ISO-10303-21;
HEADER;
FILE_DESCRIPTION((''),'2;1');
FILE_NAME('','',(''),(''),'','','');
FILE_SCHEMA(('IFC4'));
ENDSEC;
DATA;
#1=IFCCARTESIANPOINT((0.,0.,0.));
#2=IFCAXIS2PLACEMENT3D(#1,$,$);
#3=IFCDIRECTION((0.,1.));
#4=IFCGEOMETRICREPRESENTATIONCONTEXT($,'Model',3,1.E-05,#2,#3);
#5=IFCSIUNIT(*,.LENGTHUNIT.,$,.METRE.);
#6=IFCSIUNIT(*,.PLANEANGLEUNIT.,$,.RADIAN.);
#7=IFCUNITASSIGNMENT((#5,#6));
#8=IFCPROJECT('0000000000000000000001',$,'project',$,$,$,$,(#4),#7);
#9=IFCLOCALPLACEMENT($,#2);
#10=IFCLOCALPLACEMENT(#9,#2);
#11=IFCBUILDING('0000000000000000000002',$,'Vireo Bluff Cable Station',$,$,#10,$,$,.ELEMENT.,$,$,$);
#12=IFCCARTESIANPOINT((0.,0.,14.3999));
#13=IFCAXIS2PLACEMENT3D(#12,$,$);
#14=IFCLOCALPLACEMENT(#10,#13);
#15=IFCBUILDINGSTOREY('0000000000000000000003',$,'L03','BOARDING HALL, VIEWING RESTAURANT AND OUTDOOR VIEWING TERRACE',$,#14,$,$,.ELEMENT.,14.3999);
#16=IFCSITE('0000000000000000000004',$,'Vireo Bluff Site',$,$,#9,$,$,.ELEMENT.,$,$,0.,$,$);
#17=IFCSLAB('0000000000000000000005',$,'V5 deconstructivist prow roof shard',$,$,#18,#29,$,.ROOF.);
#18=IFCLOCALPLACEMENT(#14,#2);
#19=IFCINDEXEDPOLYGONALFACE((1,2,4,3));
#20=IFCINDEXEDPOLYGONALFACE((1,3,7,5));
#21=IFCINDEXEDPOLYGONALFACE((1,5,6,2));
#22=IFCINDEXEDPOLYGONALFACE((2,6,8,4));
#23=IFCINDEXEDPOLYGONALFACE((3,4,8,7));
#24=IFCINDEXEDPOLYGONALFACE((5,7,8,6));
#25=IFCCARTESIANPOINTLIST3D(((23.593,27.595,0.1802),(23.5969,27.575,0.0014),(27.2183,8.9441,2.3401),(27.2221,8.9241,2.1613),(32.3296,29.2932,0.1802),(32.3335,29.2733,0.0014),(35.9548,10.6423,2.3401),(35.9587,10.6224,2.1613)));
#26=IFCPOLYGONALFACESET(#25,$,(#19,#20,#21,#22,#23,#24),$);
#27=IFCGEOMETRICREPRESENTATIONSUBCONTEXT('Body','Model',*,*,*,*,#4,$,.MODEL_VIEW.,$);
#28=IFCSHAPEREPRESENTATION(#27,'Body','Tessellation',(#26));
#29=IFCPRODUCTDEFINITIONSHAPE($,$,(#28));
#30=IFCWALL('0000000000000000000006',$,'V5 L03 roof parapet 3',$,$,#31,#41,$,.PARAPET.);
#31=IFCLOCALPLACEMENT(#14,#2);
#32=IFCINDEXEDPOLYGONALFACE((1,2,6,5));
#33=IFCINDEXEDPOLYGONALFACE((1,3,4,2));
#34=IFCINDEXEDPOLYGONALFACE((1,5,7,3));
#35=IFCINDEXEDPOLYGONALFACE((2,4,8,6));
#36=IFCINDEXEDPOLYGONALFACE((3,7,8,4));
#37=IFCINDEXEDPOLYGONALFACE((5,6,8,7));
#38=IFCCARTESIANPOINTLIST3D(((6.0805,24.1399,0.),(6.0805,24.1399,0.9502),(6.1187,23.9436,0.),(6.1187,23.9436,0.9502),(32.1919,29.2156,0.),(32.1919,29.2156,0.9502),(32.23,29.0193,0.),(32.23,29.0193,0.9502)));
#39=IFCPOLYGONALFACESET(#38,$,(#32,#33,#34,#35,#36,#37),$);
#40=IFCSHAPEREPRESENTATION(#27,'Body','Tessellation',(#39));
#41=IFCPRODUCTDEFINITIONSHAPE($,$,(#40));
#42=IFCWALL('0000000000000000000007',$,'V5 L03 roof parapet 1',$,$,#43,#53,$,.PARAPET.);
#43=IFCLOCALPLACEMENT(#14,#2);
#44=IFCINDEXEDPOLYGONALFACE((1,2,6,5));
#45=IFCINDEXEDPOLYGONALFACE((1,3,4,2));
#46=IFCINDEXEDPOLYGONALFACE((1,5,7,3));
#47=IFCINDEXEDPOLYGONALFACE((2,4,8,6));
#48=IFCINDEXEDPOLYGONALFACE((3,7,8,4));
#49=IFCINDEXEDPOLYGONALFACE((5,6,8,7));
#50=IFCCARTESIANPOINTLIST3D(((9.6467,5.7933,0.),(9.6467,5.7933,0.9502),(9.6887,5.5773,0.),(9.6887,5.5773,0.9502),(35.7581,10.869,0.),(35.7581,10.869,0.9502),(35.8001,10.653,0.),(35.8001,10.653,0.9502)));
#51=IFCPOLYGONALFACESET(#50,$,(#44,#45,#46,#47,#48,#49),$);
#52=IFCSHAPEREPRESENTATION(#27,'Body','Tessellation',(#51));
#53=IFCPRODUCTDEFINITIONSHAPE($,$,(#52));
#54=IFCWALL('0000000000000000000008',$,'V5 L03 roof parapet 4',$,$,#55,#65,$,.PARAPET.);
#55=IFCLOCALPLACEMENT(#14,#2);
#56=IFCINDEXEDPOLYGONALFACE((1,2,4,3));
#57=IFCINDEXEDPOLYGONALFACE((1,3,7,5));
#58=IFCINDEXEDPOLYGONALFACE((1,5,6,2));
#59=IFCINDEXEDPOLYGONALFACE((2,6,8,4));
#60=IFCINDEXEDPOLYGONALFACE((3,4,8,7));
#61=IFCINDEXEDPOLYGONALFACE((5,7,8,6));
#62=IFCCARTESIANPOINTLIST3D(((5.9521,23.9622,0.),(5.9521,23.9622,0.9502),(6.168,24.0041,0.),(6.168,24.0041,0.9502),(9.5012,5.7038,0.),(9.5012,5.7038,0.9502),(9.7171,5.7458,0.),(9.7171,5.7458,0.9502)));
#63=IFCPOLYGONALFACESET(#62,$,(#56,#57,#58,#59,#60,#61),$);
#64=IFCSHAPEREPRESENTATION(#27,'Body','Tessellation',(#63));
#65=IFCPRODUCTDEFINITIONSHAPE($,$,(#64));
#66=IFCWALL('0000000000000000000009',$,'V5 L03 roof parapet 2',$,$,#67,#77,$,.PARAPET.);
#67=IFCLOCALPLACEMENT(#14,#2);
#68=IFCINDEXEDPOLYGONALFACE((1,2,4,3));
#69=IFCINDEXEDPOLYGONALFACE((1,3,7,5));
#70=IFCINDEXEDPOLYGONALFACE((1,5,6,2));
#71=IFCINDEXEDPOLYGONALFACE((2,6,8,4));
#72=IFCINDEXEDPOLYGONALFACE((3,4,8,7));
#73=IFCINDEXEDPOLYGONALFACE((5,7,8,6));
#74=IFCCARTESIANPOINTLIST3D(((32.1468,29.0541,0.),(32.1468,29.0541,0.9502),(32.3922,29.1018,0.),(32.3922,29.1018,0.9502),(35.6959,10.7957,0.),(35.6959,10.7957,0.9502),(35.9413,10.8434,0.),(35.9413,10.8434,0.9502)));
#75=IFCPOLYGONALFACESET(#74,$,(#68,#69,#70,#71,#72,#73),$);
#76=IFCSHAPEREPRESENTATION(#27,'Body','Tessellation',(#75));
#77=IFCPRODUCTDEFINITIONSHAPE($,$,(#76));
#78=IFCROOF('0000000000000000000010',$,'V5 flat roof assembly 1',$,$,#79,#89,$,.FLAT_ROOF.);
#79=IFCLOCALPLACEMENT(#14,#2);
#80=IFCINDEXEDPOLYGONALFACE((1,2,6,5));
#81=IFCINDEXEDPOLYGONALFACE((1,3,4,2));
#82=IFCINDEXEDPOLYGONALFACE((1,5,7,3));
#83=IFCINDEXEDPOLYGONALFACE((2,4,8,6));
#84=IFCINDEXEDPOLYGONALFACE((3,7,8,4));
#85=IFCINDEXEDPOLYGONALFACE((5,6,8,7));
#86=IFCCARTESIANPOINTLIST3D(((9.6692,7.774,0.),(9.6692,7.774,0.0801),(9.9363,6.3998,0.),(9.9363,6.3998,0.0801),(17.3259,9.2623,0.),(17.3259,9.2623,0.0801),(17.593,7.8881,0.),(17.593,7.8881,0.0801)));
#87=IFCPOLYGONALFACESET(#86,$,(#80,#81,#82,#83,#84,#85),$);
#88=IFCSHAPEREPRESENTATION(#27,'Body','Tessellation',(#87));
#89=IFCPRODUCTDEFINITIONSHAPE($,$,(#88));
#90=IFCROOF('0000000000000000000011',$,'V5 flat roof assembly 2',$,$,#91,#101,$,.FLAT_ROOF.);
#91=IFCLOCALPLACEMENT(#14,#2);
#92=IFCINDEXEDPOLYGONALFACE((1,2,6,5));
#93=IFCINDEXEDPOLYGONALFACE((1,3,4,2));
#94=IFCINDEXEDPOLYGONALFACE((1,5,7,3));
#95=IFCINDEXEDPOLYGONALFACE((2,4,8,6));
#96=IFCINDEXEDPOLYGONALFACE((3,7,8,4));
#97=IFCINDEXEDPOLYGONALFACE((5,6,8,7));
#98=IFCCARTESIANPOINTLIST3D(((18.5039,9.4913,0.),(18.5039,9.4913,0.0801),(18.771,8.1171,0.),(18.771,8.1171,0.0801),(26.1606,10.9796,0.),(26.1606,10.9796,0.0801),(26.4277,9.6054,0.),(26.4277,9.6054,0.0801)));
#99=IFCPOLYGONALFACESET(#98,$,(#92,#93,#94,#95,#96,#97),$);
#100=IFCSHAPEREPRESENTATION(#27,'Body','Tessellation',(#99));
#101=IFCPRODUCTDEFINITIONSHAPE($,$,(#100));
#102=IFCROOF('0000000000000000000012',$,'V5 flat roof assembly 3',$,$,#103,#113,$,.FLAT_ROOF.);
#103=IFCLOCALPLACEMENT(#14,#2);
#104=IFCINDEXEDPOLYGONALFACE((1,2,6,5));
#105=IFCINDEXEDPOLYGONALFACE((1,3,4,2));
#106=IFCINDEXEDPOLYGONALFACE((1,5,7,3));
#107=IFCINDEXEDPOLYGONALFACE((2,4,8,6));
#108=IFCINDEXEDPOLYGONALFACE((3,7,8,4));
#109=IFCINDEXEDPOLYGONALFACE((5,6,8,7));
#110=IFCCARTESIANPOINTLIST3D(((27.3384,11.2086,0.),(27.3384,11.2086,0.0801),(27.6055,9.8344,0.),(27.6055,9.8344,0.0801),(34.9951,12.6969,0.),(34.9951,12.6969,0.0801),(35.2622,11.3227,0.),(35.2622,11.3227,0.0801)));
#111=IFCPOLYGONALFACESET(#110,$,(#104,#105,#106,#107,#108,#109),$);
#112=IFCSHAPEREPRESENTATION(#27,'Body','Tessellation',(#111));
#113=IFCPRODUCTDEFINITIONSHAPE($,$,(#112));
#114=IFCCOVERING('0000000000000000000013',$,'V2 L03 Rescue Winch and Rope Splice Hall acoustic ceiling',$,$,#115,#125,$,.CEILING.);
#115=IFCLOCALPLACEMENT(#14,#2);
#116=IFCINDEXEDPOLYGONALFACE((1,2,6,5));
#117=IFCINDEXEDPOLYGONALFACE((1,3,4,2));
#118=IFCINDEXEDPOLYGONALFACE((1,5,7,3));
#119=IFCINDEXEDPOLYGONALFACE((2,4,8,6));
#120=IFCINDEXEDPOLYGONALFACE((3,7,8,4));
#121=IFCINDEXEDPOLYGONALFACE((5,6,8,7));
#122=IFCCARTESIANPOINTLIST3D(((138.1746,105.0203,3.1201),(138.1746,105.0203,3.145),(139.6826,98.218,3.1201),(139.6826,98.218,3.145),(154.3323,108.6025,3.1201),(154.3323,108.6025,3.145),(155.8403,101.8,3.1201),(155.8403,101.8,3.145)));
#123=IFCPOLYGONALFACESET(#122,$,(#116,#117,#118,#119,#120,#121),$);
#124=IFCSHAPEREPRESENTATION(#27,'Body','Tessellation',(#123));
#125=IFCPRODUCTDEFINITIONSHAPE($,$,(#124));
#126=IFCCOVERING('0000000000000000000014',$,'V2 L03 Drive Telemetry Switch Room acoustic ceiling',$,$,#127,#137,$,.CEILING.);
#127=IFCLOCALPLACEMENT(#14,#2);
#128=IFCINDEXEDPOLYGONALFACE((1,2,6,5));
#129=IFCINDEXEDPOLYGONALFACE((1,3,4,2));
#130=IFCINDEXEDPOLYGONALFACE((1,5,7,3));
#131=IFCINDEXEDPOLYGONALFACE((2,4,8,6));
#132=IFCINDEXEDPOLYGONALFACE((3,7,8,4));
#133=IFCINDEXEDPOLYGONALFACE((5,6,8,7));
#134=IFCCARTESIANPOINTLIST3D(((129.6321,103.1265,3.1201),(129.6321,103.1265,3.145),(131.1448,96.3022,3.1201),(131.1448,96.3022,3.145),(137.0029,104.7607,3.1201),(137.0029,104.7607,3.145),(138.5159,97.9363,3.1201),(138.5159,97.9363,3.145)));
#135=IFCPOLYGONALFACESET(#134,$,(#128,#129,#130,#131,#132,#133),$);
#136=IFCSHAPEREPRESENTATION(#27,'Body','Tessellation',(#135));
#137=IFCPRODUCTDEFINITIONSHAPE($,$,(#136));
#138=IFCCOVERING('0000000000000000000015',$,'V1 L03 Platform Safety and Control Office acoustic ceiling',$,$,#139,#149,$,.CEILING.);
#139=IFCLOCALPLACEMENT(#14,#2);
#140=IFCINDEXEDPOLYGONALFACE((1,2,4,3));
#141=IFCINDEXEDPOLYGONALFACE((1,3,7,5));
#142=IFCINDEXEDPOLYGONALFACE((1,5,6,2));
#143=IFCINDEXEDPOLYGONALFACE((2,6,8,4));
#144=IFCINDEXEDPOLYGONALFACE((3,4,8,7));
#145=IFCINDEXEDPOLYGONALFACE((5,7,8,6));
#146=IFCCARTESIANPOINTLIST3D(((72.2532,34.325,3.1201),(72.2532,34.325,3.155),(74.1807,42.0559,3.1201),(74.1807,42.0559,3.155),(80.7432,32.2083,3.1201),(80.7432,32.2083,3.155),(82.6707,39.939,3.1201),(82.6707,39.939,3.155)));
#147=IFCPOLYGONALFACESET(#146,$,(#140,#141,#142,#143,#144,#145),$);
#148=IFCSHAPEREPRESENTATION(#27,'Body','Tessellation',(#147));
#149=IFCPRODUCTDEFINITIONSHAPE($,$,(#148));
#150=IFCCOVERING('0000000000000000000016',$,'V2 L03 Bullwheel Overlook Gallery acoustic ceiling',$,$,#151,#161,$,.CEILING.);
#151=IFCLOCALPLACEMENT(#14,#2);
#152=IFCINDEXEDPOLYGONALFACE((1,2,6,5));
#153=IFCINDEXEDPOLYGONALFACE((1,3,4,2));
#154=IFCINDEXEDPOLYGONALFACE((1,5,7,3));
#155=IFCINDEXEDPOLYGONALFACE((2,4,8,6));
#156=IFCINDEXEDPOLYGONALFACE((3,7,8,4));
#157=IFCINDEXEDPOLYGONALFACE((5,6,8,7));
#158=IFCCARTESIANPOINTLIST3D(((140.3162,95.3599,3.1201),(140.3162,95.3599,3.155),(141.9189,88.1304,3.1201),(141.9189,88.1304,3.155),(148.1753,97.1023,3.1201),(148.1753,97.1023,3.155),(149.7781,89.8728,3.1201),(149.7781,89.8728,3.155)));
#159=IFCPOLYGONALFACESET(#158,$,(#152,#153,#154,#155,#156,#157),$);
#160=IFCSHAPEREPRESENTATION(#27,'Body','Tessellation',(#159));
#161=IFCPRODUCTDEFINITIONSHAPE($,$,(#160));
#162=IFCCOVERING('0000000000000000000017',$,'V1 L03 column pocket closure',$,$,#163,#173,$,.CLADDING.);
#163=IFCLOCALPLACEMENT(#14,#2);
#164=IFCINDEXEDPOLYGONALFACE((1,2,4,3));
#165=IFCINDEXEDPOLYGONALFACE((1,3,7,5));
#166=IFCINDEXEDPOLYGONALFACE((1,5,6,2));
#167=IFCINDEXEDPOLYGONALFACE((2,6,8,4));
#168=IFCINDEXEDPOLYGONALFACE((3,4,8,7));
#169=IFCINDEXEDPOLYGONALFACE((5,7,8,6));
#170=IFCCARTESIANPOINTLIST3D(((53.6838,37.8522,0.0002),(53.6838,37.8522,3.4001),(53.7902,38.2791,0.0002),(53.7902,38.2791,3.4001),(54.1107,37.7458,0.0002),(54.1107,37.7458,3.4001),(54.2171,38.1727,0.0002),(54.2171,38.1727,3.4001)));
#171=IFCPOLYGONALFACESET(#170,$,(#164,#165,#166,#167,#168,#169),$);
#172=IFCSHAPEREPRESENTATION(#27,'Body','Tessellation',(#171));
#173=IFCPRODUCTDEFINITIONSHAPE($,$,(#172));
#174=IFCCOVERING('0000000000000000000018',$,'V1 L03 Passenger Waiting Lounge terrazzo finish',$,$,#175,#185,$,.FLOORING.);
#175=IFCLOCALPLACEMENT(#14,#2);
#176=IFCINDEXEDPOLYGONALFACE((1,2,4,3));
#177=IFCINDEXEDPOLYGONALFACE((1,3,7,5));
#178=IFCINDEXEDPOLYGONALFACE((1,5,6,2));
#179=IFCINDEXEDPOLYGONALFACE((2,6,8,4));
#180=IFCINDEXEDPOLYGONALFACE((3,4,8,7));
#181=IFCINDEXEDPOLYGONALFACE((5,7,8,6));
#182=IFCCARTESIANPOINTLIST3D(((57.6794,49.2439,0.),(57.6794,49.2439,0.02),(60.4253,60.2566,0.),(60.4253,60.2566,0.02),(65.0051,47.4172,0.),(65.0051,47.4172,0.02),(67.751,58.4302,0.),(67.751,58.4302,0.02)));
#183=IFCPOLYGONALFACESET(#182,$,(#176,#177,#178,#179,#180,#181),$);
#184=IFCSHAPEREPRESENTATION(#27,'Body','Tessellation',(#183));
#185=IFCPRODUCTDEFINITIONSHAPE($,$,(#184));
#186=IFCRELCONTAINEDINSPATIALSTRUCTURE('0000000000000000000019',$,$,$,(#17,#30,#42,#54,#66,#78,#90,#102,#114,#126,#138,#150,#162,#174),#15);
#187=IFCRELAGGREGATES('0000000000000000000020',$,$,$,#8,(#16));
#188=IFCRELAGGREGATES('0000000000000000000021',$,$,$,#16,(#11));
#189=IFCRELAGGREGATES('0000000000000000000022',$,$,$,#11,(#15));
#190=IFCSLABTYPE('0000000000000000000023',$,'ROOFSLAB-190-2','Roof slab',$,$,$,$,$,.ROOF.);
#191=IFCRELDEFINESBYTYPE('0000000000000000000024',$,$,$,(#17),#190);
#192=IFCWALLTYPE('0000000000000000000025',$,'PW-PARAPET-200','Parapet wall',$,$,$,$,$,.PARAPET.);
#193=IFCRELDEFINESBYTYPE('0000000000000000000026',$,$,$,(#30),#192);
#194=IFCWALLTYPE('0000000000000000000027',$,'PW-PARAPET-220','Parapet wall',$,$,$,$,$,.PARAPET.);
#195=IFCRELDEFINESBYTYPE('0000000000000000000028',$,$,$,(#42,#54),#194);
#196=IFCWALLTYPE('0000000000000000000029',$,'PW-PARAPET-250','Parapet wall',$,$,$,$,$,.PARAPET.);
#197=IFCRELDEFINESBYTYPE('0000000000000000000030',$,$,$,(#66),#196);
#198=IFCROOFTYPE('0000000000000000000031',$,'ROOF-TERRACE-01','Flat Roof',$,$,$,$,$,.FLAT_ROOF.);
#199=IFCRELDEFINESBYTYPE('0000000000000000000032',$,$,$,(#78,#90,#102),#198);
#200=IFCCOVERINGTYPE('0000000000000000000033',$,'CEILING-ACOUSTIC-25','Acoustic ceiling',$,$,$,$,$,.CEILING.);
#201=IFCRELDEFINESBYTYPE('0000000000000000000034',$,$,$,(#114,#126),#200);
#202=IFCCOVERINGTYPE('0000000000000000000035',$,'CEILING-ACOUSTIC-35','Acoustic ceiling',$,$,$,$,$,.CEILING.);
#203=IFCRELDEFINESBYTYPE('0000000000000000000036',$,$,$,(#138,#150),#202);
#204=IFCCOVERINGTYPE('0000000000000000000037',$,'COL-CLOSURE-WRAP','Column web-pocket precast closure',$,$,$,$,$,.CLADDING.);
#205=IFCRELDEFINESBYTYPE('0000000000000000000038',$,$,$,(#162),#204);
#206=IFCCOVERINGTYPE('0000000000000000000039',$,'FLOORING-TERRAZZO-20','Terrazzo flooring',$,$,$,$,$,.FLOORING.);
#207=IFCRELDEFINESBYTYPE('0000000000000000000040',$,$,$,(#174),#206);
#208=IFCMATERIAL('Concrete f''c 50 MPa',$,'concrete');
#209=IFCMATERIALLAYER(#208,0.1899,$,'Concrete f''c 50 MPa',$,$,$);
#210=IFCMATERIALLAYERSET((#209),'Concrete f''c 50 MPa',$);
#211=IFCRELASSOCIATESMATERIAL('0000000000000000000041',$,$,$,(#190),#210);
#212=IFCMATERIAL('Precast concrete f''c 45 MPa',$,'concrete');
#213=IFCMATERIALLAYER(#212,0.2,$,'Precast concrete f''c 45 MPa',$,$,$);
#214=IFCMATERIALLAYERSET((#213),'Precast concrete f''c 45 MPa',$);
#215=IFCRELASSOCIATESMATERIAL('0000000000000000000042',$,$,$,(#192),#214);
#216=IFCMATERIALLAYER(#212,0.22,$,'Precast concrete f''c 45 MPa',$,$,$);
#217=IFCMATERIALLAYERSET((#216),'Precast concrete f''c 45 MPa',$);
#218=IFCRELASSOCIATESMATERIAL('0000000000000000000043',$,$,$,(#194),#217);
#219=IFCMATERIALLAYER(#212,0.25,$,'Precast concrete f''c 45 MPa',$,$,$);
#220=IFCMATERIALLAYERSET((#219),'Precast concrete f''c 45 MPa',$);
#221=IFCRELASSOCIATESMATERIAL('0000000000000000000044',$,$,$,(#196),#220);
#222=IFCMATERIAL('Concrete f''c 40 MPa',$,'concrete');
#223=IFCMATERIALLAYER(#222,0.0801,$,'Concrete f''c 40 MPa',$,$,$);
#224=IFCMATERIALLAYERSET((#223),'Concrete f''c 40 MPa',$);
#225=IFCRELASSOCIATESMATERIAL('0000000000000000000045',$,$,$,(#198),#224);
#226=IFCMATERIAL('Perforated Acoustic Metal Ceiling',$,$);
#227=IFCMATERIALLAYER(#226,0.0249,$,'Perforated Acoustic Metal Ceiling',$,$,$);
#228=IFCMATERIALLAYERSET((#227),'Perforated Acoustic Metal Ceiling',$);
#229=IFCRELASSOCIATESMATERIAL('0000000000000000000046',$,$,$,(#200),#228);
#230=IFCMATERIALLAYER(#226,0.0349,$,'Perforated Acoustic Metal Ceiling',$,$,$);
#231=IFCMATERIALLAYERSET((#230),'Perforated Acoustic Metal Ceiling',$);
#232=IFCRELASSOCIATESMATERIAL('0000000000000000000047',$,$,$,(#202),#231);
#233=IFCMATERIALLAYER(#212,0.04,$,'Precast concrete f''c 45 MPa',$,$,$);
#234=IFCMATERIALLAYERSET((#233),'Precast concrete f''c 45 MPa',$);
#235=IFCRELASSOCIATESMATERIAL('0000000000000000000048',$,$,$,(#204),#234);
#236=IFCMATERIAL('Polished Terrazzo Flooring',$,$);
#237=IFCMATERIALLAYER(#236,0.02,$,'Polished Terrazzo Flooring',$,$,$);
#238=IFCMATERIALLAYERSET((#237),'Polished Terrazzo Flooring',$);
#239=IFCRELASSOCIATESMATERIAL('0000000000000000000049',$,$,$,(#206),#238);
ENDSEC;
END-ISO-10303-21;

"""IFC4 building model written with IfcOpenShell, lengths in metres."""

from ifc_helpers import new_model, si_unit, direction, frame, frame_2d, origin, origin_2d, place, context, subcontext, project, spatial, polyline, rectangle, outline, extrude, material, layer, layer_set, type_object, element, save


model = new_model("IFC4")

# Units and contexts
model_context = context("Model", 3, precision=1e-05, world=origin(), true_north=direction((0.0, 1.0)))
body_context = subcontext(model_context, "Body", "Model", "MODEL_VIEW")
ifc_project = project(units=[si_unit("LENGTHUNIT", "METRE"), si_unit("PLANEANGLEUNIT", "RADIAN")], contexts=[model_context])

# Site, building, storey
site_placement = place(None, origin())
site = spatial("IfcSite", under=ifc_project, at=site_placement, Name="Vireo Bluff Site", CompositionType="ELEMENT", RefElevation=0.0)
building_placement = place(site_placement, origin())
building = spatial("IfcBuilding", under=site, at=building_placement, Name="Vireo Bluff Cable Station", CompositionType="ELEMENT")
storey_placement = place(building_placement, frame((0.0, 0.0, 14.3999)))
storey = spatial("IfcBuildingStorey", under=building, at=storey_placement, Name="L03", Description="BOARDING HALL, VIEWING RESTAURANT AND OUTDOOR VIEWING TERRACE", CompositionType="ELEMENT", Elevation=14.3999)

# Slab
ifc_material_1 = material(Name="Concrete f'c 50 MPa", Category="concrete")
ifc_layer_1 = layer(ifc_material_1, 0.1899, Name="Concrete f'c 50 MPa")
ifc_layer_set_1 = layer_set([ifc_layer_1], Name="Concrete f'c 50 MPa")
slab_type = type_object("IfcSlabType", Name="ROOFSLAB-190-2", Description="Roof slab", PredefinedType="ROOF", material=ifc_layer_set_1)
slab_placement = place(storey_placement, frame((23.593, 27.595, 0.1802), z_axis=(-0.021553, 0.110877, 0.9936), x_axis=(0.981627, 0.190812, 0.0)))
element("IfcSlab", 1, at=slab_placement, inside=storey, type_object=slab_type, Name="V5 deconstructivist prow roof shard", PredefinedType="ROOF", context=body_context, shape_type="SweptSolid", body=[
    extrude(outline(polyline([(0.0, 0.0), (8.9001, 0.0), (8.8999, -19.1223), (-0.0002, -19.1223), (0.0, 0.0)])), origin(), (0.0, 0.0, -1.0), 0.1799),
])

# Walls
ifc_material_2 = material(Name="Precast concrete f'c 45 MPa", Category="concrete")
ifc_layer_2 = layer(ifc_material_2, 0.2, Name="Precast concrete f'c 45 MPa")
ifc_layer_set_2 = layer_set([ifc_layer_2], Name="Precast concrete f'c 45 MPa")
wall_type_1 = type_object("IfcWallType", Name="PW-PARAPET-200", Description="Parapet wall", PredefinedType="PARAPET", material=ifc_layer_set_2)
wall_1_placement = place(storey_placement, frame((32.2109, 29.1174, 0.0), z_axis=(0.0, 0.0, 1.0), x_axis=(-0.981626, -0.190815, 0.0)))
element("IfcWall", 2, at=wall_1_placement, inside=storey, type_object=wall_type_1, Name="V5 L03 roof parapet 3", PredefinedType="PARAPET", context=body_context, shape_type="SweptSolid", body=[
    extrude(rectangle(XDim=26.6001, YDim=0.2, at=frame_2d((13.3, 0.0))), origin(), (0.0, 0.0, 1.0), 0.9502),
])
ifc_layer_3 = layer(ifc_material_2, 0.22, Name="Precast concrete f'c 45 MPa")
ifc_layer_set_3 = layer_set([ifc_layer_3], Name="Precast concrete f'c 45 MPa")
wall_type_2 = type_object("IfcWallType", Name="PW-PARAPET-220", Description="Parapet wall", PredefinedType="PARAPET", material=ifc_layer_set_3)
wall_2_placement = place(storey_placement, frame((9.6677, 5.6853, 0.0), z_axis=(0.0, 0.0, 1.0), x_axis=(0.981626, 0.190815, 0.0)))
element("IfcWall", 3, at=wall_2_placement, inside=storey, type_object=wall_type_2, Name="V5 L03 roof parapet 1", PredefinedType="PARAPET", context=body_context, shape_type="SweptSolid", body=[
    extrude(rectangle(XDim=26.6001, YDim=0.22, at=frame_2d((13.3, 0.0))), origin(), (0.0, 0.0, 1.0), 0.9502),
])
wall_3_placement = place(storey_placement, frame((6.0601, 23.9832, 0.0), z_axis=(0.0, 0.0, 1.0), x_axis=(0.19081, -0.981627, 0.0)))
element("IfcWall", 4, at=wall_3_placement, inside=storey, type_object=wall_type_2, Name="V5 L03 roof parapet 4", PredefinedType="PARAPET", context=body_context, shape_type="SweptSolid", body=[
    extrude(rectangle(XDim=18.6001, YDim=0.22, at=frame_2d((9.3, 0.0))), origin(), (0.0, 0.0, 1.0), 0.9502),
])
ifc_layer_4 = layer(ifc_material_2, 0.25, Name="Precast concrete f'c 45 MPa")
ifc_layer_set_4 = layer_set([ifc_layer_4], Name="Precast concrete f'c 45 MPa")
wall_type_3 = type_object("IfcWallType", Name="PW-PARAPET-250", Description="Parapet wall", PredefinedType="PARAPET", material=ifc_layer_set_4)
wall_4_placement = place(storey_placement, frame((35.8186, 10.8196, 0.0), z_axis=(0.0, 0.0, 1.0), x_axis=(-0.19081, 0.981627, 0.0)))
element("IfcWall", 5, at=wall_4_placement, inside=storey, type_object=wall_type_3, Name="V5 L03 roof parapet 2", PredefinedType="PARAPET", context=body_context, shape_type="SweptSolid", body=[
    extrude(rectangle(XDim=18.6001, YDim=0.25, at=frame_2d((9.3, 0.0))), origin(), (0.0, 0.0, 1.0), 0.9502),
])

# Roofs
ifc_material_3 = material(Name="Concrete f'c 40 MPa", Category="concrete")
ifc_layer_5 = layer(ifc_material_3, 0.0801, Name="Concrete f'c 40 MPa")
ifc_layer_set_5 = layer_set([ifc_layer_5], Name="Concrete f'c 40 MPa")
roof_type = type_object("IfcRoofType", Name="ROOF-TERRACE-01", Description="Flat Roof", PredefinedType="FLAT_ROOF", material=ifc_layer_set_5)
for number, where, z_axis, x_axis, name in (
    (6, (13.6311, 7.8311, 0.0), (0.0, 0.0, 1.0), (0.981627, 0.190809, 0.0), "V5 flat roof assembly 1"),
    (7, (22.4658, 9.5483, 0.0), (0.0, 0.0, 1.0), (0.981627, 0.190809, 0.0), "V5 flat roof assembly 2"),
    (8, (31.3003, 11.2656, 0.0), (0.0, 0.0, 1.0), (0.981627, 0.190809, 0.0), "V5 flat roof assembly 3"),
):
    element("IfcRoof", number, at=place(storey_placement, frame(where, z_axis=z_axis, x_axis=x_axis)), inside=storey, type_object=roof_type, Name=name, PredefinedType="FLAT_ROOF", context=body_context, shape_type="SweptSolid", body=[
        extrude(rectangle(XDim=7.8, YDim=1.3999, at=origin_2d()), origin(), (0.0, 0.0, 1.0), 0.0801),
    ])

# Coverings
ifc_material_4 = material(Name="Perforated Acoustic Metal Ceiling")
ifc_layer_6 = layer(ifc_material_4, 0.0249, Name="Perforated Acoustic Metal Ceiling")
ifc_layer_set_6 = layer_set([ifc_layer_6], Name="Perforated Acoustic Metal Ceiling")
covering_type_1 = type_object("IfcCoveringType", Name="CEILING-ACOUSTIC-25", Description="Acoustic ceiling", PredefinedType="CEILING", material=ifc_layer_set_6)
covering_1_placement = place(storey_placement, frame((0.0, 0.0, 3.1201)))
element("IfcCovering", 9, at=covering_1_placement, inside=storey, type_object=covering_type_1, Name="V2 L03 Rescue Winch and Rope Splice Hall acoustic ceiling", PredefinedType="CEILING", context=body_context, shape_type="SweptSolid", body=[
    extrude(outline(polyline([(139.6826, 98.218), (155.8403, 101.8), (154.3323, 108.6025), (138.1746, 105.0203), (139.6826, 98.218)])), origin(), (0.0, 0.0, 1.0), 0.0249),
])
covering_2_placement = place(storey_placement, frame((0.0, 0.0, 3.1201)))
element("IfcCovering", 10, at=covering_2_placement, inside=storey, type_object=covering_type_1, Name="V2 L03 Drive Telemetry Switch Room acoustic ceiling", PredefinedType="CEILING", context=body_context, shape_type="SweptSolid", body=[
    extrude(outline(polyline([(131.1448, 96.3022), (138.5159, 97.9363), (137.0029, 104.7607), (129.6321, 103.1265), (131.1448, 96.3022)])), origin(), (0.0, 0.0, 1.0), 0.0249),
])
ifc_layer_7 = layer(ifc_material_4, 0.0349, Name="Perforated Acoustic Metal Ceiling")
ifc_layer_set_7 = layer_set([ifc_layer_7], Name="Perforated Acoustic Metal Ceiling")
covering_type_2 = type_object("IfcCoveringType", Name="CEILING-ACOUSTIC-35", Description="Acoustic ceiling", PredefinedType="CEILING", material=ifc_layer_set_7)
covering_3_placement = place(storey_placement, frame((0.0, 0.0, 3.1201)))
element("IfcCovering", 11, at=covering_3_placement, inside=storey, type_object=covering_type_2, Name="V1 L03 Platform Safety and Control Office acoustic ceiling", PredefinedType="CEILING", context=body_context, shape_type="SweptSolid", body=[
    extrude(outline(polyline([(72.2532, 34.325), (80.7432, 32.2083), (82.6707, 39.939), (74.1807, 42.0559), (72.2532, 34.325)])), origin(), (0.0, 0.0, 1.0), 0.0349),
])
covering_4_placement = place(storey_placement, frame((0.0, 0.0, 3.1201)))
element("IfcCovering", 12, at=covering_4_placement, inside=storey, type_object=covering_type_2, Name="V2 L03 Bullwheel Overlook Gallery acoustic ceiling", PredefinedType="CEILING", context=body_context, shape_type="SweptSolid", body=[
    extrude(outline(polyline([(141.9189, 88.1304), (149.7781, 89.8728), (148.1753, 97.1023), (140.3162, 95.3599), (141.9189, 88.1304)])), origin(), (0.0, 0.0, 1.0), 0.0349),
])
ifc_layer_8 = layer(ifc_material_2, 0.04, Name="Precast concrete f'c 45 MPa")
ifc_layer_set_8 = layer_set([ifc_layer_8], Name="Precast concrete f'c 45 MPa")
covering_type_3 = type_object("IfcCoveringType", Name="COL-CLOSURE-WRAP", Description="Column web-pocket precast closure", PredefinedType="CLADDING", material=ifc_layer_set_8)
covering_5_placement = place(storey_placement, frame((53.9504, 38.0125, 0.0002), z_axis=(0.0, 0.0, 1.0), x_axis=(0.970296, -0.241922, 0.0)))
element("IfcCovering", 13, at=covering_5_placement, inside=storey, type_object=covering_type_3, Name="V1 L03 column pocket closure", PredefinedType="CLADDING", context=body_context, shape_type="SweptSolid", body=[
    extrude(rectangle(XDim=0.4399, YDim=0.4399, at=origin_2d()), origin(), (0.0, 0.0, 1.0), 3.3999),
])
ifc_material_5 = material(Name="Polished Terrazzo Flooring")
ifc_layer_9 = layer(ifc_material_5, 0.02, Name="Polished Terrazzo Flooring")
ifc_layer_set_9 = layer_set([ifc_layer_9], Name="Polished Terrazzo Flooring")
covering_type_4 = type_object("IfcCoveringType", Name="FLOORING-TERRAZZO-20", Description="Terrazzo flooring", PredefinedType="FLOORING", material=ifc_layer_set_9)
covering_6_placement = place(storey_placement, origin())
element("IfcCovering", 14, at=covering_6_placement, inside=storey, type_object=covering_type_4, Name="V1 L03 Passenger Waiting Lounge terrazzo finish", PredefinedType="FLOORING", context=body_context, shape_type="SweptSolid", body=[
    extrude(outline(polyline([(57.6794, 49.2439), (65.0051, 47.4172), (67.751, 58.4302), (60.4253, 60.2566), (57.6794, 49.2439)])), origin(), (0.0, 0.0, 1.0), 0.02),
])

save(model, "model.ifc")
